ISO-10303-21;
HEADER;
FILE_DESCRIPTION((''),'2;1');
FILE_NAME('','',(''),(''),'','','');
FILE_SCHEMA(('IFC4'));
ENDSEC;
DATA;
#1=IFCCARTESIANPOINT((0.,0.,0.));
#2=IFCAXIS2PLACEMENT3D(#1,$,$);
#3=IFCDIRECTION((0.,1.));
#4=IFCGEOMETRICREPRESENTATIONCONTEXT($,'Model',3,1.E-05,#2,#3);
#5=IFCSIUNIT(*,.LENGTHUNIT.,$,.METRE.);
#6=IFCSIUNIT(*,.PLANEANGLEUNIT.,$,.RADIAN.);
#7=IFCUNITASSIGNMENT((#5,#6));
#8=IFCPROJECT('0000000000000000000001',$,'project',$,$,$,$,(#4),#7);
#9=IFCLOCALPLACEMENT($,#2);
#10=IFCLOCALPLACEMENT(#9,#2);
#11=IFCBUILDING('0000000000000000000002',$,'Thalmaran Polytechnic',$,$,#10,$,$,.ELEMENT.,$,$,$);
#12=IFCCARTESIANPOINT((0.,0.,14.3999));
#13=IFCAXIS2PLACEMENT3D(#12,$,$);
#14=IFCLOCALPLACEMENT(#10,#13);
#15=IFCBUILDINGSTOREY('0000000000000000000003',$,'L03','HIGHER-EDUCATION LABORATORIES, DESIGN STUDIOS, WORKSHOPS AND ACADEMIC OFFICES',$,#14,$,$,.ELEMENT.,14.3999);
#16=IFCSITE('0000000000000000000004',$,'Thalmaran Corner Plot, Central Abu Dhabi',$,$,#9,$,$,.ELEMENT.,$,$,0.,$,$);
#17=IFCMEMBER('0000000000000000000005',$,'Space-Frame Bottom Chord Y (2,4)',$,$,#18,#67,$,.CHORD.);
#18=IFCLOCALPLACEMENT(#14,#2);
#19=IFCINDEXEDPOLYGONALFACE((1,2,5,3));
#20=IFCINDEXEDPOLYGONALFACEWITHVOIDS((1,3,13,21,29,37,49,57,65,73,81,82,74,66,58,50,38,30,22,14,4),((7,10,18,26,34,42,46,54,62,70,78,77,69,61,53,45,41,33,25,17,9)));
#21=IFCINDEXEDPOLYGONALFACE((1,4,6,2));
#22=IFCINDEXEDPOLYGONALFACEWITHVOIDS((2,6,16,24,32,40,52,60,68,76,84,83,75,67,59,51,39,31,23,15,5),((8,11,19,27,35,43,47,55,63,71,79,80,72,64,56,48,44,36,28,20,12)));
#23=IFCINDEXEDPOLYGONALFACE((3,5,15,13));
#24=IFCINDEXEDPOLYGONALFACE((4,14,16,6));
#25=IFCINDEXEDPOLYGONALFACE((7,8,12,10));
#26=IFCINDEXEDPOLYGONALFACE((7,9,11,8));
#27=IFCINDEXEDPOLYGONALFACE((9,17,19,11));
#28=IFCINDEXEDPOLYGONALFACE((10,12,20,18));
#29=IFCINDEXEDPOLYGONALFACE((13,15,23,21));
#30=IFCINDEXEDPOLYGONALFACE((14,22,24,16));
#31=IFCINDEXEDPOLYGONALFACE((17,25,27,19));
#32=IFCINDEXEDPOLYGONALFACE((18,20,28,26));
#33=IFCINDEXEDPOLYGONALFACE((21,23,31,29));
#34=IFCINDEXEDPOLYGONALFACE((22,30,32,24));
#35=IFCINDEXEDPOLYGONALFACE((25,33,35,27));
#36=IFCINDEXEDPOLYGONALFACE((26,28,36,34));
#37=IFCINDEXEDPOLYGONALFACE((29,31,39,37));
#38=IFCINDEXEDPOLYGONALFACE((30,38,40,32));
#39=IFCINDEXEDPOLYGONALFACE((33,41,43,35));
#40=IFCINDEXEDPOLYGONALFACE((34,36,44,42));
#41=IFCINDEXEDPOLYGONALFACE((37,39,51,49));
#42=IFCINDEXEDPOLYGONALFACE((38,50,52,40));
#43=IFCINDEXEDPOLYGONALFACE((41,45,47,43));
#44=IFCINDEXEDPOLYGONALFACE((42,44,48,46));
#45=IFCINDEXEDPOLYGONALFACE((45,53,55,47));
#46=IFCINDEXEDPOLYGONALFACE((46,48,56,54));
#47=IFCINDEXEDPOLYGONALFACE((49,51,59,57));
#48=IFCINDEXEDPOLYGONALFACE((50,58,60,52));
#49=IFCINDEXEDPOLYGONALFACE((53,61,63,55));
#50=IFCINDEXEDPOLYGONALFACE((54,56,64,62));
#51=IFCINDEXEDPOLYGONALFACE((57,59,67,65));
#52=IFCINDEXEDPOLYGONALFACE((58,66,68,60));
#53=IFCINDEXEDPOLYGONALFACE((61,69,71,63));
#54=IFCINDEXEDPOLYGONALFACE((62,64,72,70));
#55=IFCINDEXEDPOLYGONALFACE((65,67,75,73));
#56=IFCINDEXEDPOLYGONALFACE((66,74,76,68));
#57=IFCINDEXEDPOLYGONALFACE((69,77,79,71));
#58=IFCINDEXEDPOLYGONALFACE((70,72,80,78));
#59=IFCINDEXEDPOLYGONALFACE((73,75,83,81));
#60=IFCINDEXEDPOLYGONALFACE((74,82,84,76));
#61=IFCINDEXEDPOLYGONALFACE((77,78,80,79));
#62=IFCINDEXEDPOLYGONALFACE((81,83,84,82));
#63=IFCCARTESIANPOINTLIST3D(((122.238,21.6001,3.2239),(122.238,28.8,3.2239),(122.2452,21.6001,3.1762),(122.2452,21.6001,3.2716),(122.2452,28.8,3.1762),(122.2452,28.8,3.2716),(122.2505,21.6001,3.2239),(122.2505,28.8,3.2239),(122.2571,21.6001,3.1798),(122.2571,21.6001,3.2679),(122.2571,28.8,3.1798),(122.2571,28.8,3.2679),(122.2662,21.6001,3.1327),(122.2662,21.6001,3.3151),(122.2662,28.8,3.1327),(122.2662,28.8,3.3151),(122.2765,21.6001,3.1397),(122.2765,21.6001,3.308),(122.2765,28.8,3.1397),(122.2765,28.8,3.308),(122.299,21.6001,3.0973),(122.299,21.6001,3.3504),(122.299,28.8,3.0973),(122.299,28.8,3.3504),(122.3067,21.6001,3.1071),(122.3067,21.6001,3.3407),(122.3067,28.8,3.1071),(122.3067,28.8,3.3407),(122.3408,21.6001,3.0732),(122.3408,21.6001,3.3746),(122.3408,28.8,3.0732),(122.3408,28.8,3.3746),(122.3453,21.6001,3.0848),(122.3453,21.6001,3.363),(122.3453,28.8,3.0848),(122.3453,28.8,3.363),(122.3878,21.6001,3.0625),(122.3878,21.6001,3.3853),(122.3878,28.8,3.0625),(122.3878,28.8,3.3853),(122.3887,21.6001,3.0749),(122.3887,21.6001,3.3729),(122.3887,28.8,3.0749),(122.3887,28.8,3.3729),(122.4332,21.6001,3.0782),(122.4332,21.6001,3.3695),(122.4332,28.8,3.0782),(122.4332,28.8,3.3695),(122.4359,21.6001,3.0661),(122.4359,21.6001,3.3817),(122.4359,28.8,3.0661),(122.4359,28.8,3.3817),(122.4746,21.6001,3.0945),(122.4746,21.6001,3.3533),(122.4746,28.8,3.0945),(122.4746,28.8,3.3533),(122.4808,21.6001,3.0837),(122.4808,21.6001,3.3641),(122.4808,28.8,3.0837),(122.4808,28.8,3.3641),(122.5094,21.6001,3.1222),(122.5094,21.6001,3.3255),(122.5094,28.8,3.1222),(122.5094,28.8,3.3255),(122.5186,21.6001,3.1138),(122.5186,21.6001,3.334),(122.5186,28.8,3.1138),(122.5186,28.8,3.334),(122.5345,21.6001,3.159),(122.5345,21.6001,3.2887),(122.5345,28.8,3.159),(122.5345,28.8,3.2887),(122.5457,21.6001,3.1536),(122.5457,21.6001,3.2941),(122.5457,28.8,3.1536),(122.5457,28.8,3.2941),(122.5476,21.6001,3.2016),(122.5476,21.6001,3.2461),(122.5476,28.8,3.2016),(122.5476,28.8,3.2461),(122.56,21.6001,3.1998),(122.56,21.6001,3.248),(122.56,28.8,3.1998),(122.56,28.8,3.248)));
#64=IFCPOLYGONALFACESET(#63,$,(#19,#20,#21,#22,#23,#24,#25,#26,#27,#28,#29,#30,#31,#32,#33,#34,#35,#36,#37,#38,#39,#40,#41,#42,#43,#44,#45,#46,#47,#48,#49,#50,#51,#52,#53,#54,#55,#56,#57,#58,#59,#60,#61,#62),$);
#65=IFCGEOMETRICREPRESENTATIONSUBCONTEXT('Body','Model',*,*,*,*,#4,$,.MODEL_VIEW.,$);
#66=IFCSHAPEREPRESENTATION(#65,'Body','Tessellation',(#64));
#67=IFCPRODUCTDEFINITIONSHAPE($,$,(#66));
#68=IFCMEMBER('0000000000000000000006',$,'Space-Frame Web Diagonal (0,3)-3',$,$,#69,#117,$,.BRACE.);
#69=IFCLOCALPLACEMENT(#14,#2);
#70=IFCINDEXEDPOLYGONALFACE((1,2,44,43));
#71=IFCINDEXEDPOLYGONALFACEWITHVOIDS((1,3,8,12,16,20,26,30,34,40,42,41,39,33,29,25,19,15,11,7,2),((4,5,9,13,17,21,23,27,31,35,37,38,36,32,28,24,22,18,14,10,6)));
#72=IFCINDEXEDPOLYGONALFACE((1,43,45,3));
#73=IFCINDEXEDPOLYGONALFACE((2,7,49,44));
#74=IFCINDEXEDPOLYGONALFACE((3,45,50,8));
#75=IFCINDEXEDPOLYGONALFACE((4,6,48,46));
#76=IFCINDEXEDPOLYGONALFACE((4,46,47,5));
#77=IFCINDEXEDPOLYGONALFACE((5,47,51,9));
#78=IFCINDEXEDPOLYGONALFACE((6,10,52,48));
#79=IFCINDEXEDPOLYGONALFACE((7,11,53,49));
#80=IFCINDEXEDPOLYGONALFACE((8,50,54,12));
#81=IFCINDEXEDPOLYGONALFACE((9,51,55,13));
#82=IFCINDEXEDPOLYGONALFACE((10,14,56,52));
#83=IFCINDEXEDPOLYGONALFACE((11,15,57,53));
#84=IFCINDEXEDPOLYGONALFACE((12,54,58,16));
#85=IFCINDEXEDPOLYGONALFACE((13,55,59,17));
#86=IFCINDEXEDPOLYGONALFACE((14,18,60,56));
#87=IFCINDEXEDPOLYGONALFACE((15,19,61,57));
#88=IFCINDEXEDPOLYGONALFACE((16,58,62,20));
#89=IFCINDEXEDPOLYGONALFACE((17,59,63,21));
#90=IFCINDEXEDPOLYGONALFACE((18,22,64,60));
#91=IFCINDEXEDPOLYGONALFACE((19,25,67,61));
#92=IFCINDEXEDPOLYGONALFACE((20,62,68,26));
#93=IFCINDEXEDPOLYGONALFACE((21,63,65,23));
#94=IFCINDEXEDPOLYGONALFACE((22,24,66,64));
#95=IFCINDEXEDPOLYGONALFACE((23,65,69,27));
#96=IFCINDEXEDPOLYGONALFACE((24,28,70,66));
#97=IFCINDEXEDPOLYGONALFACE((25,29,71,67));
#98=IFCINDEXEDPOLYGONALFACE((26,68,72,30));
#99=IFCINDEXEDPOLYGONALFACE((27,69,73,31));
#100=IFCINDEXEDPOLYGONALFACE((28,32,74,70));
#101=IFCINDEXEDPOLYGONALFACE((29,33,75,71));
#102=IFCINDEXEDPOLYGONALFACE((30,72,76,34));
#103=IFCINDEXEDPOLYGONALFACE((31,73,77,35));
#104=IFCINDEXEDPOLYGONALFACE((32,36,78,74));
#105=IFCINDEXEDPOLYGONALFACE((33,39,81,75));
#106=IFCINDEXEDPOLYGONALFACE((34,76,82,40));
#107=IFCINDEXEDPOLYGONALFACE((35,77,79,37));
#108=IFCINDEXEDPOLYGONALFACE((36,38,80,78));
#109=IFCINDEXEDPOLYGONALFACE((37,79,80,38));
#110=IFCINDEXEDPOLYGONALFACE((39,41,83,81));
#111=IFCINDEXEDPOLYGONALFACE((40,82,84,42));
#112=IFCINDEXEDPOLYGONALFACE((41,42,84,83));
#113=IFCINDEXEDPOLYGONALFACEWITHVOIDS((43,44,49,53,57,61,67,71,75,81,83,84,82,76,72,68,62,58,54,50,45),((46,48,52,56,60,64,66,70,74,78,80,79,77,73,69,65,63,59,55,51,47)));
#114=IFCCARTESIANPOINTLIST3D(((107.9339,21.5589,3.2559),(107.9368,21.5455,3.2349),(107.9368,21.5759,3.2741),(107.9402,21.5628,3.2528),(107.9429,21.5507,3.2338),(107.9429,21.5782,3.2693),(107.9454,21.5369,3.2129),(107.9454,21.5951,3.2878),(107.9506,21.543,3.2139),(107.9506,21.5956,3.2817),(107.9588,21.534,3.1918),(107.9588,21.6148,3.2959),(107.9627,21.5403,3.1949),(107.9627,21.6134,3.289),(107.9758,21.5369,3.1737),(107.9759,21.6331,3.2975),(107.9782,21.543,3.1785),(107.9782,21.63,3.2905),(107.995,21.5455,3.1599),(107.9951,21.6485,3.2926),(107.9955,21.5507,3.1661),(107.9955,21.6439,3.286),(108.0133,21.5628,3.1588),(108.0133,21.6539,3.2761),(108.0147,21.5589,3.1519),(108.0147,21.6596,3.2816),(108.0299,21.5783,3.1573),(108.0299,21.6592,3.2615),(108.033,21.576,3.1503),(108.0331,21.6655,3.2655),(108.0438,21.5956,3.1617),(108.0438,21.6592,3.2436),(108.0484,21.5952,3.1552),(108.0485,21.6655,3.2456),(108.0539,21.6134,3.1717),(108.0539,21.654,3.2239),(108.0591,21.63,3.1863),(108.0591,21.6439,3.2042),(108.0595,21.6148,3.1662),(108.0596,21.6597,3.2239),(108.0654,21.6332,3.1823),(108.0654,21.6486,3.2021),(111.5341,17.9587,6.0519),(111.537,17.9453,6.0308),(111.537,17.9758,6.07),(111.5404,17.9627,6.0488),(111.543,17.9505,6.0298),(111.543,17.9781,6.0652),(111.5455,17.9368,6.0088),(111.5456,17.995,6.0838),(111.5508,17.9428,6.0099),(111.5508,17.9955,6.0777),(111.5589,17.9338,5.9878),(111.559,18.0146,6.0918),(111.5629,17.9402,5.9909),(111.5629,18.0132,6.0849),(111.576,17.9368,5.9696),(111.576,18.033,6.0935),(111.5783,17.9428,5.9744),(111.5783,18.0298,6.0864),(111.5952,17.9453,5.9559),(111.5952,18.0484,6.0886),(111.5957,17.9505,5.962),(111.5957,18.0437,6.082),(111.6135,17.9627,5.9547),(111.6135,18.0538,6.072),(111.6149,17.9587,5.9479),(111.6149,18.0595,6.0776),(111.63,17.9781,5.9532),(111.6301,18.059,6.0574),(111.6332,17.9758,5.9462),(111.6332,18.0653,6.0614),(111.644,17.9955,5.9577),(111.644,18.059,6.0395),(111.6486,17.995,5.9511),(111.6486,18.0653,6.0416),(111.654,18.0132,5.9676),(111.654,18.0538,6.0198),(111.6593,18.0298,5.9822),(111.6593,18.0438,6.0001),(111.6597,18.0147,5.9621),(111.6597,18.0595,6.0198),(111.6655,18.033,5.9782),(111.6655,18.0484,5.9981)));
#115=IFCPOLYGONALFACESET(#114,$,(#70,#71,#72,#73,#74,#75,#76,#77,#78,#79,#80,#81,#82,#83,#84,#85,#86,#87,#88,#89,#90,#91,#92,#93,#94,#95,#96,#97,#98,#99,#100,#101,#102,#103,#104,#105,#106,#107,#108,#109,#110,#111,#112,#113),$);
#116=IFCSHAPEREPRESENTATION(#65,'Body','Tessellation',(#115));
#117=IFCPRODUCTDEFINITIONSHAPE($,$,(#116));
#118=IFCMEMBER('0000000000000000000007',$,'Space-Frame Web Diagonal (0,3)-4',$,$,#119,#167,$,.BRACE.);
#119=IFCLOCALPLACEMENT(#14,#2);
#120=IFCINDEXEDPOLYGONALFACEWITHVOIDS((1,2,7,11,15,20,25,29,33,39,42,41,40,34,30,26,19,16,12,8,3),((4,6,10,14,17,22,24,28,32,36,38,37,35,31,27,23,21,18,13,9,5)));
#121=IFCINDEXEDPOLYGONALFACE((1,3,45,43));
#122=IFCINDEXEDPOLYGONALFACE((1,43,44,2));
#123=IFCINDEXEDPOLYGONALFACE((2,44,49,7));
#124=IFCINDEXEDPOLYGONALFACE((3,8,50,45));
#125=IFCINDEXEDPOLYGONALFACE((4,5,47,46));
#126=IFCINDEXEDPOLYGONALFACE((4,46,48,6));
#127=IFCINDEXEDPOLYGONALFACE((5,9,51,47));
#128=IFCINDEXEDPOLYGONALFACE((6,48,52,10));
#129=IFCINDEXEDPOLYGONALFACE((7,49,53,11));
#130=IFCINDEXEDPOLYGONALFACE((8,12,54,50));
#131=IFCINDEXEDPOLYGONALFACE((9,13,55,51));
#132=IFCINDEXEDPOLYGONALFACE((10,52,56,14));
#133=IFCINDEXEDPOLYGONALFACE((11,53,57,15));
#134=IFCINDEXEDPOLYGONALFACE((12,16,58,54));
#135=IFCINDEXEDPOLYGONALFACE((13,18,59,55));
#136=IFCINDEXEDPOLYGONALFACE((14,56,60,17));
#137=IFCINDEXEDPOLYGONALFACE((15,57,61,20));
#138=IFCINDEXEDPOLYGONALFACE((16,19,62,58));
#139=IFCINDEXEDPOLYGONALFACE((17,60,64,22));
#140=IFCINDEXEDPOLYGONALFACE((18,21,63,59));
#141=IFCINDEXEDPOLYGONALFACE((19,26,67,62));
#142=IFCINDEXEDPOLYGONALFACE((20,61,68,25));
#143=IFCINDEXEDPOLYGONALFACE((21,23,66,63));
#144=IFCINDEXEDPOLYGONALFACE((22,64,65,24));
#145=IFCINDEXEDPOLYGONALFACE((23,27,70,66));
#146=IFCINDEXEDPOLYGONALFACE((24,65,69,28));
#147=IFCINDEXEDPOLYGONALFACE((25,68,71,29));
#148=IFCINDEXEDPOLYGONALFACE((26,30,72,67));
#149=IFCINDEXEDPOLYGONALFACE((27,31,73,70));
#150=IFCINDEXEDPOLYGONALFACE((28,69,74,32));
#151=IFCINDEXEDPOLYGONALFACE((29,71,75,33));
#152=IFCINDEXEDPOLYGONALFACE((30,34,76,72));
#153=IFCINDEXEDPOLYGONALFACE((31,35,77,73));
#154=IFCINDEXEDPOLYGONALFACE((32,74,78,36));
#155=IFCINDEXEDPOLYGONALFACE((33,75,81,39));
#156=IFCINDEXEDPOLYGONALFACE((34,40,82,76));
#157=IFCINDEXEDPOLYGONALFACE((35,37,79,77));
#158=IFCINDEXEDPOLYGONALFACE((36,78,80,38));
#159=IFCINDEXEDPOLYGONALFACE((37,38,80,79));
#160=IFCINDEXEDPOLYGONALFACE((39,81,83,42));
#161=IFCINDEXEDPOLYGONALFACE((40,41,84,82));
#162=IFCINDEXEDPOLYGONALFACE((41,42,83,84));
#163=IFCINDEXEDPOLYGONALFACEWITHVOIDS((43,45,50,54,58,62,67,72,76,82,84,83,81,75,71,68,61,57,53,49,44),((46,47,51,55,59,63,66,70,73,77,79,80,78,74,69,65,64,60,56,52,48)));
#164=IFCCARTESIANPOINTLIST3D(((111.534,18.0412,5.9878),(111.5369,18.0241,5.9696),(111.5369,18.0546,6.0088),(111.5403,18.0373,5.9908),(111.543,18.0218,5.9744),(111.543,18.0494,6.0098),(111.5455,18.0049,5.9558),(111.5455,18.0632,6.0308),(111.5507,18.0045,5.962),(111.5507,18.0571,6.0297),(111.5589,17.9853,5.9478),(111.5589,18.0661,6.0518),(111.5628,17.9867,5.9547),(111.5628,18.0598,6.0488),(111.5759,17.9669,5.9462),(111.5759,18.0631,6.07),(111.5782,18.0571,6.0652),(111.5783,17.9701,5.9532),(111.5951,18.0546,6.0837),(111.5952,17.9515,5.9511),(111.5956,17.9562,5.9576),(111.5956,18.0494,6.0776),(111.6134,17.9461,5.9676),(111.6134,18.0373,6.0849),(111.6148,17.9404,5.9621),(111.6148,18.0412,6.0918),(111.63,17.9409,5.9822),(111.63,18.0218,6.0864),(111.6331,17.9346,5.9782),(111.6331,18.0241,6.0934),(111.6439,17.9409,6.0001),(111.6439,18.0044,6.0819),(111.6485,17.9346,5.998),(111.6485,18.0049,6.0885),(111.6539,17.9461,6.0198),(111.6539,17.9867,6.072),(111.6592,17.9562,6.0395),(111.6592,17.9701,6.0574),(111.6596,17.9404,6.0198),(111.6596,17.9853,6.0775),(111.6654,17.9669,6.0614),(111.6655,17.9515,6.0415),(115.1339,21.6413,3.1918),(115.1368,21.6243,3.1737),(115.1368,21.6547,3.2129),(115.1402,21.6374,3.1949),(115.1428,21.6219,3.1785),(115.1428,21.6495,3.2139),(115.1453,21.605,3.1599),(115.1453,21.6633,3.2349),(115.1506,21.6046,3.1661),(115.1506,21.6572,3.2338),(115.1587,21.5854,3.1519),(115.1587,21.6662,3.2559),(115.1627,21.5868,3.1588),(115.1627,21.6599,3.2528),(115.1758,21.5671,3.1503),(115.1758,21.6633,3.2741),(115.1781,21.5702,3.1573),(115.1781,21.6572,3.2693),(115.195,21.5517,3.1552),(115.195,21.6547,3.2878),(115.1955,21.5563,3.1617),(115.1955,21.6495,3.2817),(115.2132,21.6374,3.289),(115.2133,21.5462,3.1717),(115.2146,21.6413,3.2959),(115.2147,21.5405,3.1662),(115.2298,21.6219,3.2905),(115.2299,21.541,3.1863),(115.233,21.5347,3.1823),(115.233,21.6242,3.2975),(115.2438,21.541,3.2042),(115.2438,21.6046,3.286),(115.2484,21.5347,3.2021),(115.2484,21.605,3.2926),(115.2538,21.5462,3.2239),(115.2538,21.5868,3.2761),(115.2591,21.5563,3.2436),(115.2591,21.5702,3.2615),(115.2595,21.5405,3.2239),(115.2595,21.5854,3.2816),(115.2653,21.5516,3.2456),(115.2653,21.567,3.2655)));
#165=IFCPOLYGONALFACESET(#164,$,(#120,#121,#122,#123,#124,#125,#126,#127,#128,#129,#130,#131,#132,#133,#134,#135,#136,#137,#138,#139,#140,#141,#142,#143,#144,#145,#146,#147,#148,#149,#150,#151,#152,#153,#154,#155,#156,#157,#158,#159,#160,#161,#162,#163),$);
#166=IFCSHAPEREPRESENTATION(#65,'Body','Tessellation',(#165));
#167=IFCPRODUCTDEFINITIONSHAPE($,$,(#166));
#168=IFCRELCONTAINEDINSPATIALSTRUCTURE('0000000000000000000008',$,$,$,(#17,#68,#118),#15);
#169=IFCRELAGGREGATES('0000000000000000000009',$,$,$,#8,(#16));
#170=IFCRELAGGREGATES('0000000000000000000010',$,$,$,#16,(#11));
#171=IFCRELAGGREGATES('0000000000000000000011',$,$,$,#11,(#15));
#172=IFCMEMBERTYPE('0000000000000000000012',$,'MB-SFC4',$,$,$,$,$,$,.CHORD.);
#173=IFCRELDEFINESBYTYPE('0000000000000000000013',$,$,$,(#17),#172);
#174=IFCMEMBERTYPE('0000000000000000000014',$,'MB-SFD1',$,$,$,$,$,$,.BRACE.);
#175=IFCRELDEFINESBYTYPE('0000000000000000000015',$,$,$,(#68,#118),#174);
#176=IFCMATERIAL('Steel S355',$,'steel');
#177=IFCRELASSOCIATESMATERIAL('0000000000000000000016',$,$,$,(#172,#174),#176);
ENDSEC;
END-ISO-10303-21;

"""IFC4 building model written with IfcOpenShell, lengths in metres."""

from ifc_helpers import new_model, si_unit, direction, frame, origin, origin_2d, place, context, subcontext, project, spatial, hollow_circle, extrude, material, material_profile, profile_set, type_object, element, save


model = new_model("IFC4")

# Units and contexts
model_context = context("Model", 3, precision=1e-05, world=origin(), true_north=direction((0.0, 1.0)))
body_context = subcontext(model_context, "Body", "Model", "MODEL_VIEW")
ifc_project = project(units=[si_unit("LENGTHUNIT", "METRE"), si_unit("PLANEANGLEUNIT", "RADIAN")], contexts=[model_context])

# Site, building, storey
site_placement = place(None, origin())
site = spatial("IfcSite", under=ifc_project, at=site_placement, Name="Thalmaran Corner Plot, Central Abu Dhabi", CompositionType="ELEMENT", RefElevation=0.0)
building_placement = place(site_placement, origin())
building = spatial("IfcBuilding", under=site, at=building_placement, Name="Thalmaran Polytechnic", CompositionType="ELEMENT")
storey_placement = place(building_placement, frame((0.0, 0.0, 14.3999)))
storey = spatial("IfcBuildingStorey", under=building, at=storey_placement, Name="L03", Description="HIGHER-EDUCATION LABORATORIES, DESIGN STUDIOS, WORKSHOPS AND ACADEMIC OFFICES", CompositionType="ELEMENT", Elevation=14.3999)

# Shared definitions
ifc_material_1 = material(Name="Steel S355", Category="steel")

# Members
ifc_material_profile_1 = material_profile(ifc_material_1, hollow_circle(Radius=0.1619, WallThickness=0.0125, at=origin_2d()), Name="CHS 323.9x12.5")
ifc_profile_set_1 = profile_set([ifc_material_profile_1], Name="Steel S355")
member_type_1 = type_object("IfcMemberType", Name="MB-SFC4", PredefinedType="CHORD", material=ifc_profile_set_1)
member_1_placement = place(storey_placement, frame((122.3999, 21.6001, 3.2239), z_axis=(0.0, 1.0, 0.0), x_axis=(-1.0, 0.0, 0.0)))
element("IfcMember", 1, at=member_1_placement, inside=storey, type_object=member_type_1, Name="Space-Frame Bottom Chord Y (2,4)", PredefinedType="CHORD", context=body_context, shape_type="SweptSolid", body=[
    extrude(hollow_circle(Radius=0.1619, WallThickness=0.0125, at=origin_2d()), origin(), (0.0, 0.0, 1.0), 7.2),
])
ifc_material_profile_2 = material_profile(ifc_material_1, hollow_circle(Radius=0.0842, WallThickness=0.0081, at=origin_2d()), Name="CHS 168.3x8.0")
ifc_profile_set_2 = profile_set([ifc_material_profile_2], Name="Steel S355")
member_type_2 = type_object("IfcMemberType", Name="MB-SFD1", PredefinedType="BRACE", material=ifc_profile_set_2)
member_2_placement = place(storey_placement, frame((108.0, 21.6001, 3.2239), z_axis=(0.6198, -0.6198, 0.481348), x_axis=(0.707107, 0.707107, 0.0)))
element("IfcMember", 2, at=member_2_placement, inside=storey, type_object=member_type_2, Name="Space-Frame Web Diagonal (0,3)-3", PredefinedType="BRACE", context=body_context, shape_type="SweptSolid", body=[
    extrude(hollow_circle(Radius=0.0842, WallThickness=0.0081, at=origin_2d()), origin(), (0.0, 0.0, 1.0), 5.8086),
])
member_3_placement = place(storey_placement, frame((115.2, 21.6001, 3.2239), z_axis=(-0.619774, -0.619816, 0.48136), x_axis=(0.707131, -0.707083, 0.0)))
element("IfcMember", 3, at=member_3_placement, inside=storey, type_object=member_type_2, Name="Space-Frame Web Diagonal (0,3)-4", PredefinedType="BRACE", context=body_context, shape_type="SweptSolid", body=[
    extrude(hollow_circle(Radius=0.0842, WallThickness=0.0081, at=origin_2d()), origin(), (0.0, 0.0, 1.0), 5.8083),
])

save(model, "model.ifc")
